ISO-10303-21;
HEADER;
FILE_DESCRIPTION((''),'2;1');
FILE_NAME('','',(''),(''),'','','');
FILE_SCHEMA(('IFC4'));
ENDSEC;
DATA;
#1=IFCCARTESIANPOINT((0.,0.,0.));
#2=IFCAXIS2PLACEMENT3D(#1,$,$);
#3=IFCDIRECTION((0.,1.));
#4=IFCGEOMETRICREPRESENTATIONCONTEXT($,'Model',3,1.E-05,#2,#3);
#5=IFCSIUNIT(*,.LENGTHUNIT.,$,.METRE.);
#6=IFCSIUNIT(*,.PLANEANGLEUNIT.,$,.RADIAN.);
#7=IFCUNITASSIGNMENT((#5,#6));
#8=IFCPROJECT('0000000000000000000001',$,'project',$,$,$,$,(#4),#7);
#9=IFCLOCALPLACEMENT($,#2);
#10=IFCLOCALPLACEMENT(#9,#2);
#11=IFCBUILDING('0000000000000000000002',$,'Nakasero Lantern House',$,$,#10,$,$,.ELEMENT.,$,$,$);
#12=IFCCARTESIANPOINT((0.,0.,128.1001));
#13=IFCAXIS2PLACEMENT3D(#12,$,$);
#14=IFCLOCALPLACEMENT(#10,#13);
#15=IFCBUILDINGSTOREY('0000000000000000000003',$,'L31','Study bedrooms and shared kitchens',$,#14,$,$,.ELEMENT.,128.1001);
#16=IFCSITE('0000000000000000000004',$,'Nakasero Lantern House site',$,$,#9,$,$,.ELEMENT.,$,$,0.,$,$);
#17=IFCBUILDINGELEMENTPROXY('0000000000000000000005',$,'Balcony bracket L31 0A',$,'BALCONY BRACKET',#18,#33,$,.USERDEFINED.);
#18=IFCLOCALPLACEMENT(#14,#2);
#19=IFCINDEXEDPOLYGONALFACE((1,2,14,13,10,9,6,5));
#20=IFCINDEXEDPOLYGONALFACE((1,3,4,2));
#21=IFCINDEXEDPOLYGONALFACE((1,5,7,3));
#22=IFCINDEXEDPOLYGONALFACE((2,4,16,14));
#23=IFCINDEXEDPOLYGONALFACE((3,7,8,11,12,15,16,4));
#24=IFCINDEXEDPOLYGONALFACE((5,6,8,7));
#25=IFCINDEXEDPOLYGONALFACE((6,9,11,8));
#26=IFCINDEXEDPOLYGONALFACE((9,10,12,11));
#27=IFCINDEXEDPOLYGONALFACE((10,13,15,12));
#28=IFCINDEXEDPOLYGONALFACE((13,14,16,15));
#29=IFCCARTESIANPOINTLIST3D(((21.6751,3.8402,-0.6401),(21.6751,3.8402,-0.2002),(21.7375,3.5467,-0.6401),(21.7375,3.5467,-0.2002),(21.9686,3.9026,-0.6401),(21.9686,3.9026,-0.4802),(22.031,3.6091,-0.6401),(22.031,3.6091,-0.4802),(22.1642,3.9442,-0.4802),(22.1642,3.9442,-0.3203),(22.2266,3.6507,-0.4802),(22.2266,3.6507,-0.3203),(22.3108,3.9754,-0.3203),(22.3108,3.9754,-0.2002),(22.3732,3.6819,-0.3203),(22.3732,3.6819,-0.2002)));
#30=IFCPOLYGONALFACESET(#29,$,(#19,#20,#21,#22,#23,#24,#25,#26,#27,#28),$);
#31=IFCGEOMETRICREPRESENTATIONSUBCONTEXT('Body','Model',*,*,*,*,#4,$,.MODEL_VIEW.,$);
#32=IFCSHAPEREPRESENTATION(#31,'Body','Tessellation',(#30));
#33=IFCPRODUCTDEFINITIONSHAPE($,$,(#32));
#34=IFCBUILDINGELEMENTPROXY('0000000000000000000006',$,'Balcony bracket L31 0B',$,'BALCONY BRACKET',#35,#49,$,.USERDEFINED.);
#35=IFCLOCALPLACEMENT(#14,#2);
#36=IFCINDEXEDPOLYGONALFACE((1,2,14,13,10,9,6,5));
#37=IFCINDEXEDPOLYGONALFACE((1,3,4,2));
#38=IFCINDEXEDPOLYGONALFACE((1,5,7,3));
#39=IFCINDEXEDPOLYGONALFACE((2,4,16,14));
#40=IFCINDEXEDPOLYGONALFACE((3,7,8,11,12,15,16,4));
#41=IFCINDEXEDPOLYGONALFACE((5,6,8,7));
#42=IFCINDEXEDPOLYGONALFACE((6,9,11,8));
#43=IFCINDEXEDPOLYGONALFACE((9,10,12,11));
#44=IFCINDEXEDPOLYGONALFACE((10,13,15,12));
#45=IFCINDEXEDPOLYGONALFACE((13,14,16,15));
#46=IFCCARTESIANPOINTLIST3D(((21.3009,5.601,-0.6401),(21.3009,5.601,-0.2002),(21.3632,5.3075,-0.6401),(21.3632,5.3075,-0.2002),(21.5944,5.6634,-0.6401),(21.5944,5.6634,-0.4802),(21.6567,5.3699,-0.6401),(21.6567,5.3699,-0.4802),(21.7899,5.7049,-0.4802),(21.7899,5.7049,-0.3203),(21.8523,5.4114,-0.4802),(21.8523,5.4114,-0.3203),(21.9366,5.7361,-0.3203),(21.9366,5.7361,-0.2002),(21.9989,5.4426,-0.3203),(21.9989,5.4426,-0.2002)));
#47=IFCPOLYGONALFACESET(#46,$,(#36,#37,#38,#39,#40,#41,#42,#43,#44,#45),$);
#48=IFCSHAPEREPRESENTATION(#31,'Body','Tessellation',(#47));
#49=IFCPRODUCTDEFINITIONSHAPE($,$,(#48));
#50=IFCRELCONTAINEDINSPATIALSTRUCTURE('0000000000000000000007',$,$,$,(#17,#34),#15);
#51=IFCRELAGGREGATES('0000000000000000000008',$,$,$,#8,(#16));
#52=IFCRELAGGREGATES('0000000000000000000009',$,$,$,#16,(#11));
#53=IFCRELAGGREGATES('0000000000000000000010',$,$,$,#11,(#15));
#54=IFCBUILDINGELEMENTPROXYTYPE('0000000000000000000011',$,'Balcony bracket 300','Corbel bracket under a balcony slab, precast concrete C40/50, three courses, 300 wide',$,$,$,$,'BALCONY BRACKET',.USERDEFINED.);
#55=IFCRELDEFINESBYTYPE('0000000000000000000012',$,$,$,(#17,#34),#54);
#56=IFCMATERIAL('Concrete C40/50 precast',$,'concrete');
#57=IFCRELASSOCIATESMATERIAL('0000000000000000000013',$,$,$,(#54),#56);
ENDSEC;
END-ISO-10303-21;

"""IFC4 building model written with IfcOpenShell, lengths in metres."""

from ifc_helpers import new_model, si_unit, direction, frame, origin, place, context, subcontext, project, spatial, polyline, outline, extrude, material, type_object, element, save


model = new_model("IFC4")

# Units and contexts
model_context = context("Model", 3, precision=1e-05, world=origin(), true_north=direction((0.0, 1.0)))
body_context = subcontext(model_context, "Body", "Model", "MODEL_VIEW")
ifc_project = project(units=[si_unit("LENGTHUNIT", "METRE"), si_unit("PLANEANGLEUNIT", "RADIAN")], contexts=[model_context])

# Site, building, storey
site_placement = place(None, origin())
site = spatial("IfcSite", under=ifc_project, at=site_placement, Name="Nakasero Lantern House site", CompositionType="ELEMENT", RefElevation=0.0)
building_placement = place(site_placement, origin())
building = spatial("IfcBuilding", under=site, at=building_placement, Name="Nakasero Lantern House", CompositionType="ELEMENT")
storey_placement = place(building_placement, frame((0.0, 0.0, 128.1001)))
storey = spatial("IfcBuildingStorey", under=building, at=storey_placement, Name="L31", Description="Study bedrooms and shared kitchens", CompositionType="ELEMENT", Elevation=128.1001)

# Building element proxies
ifc_material_1 = material(Name="Concrete C40/50 precast", Category="concrete")
building_element_proxy_type = type_object("IfcBuildingElementProxyType", Name="Balcony bracket 300", Description="Corbel bracket under a balcony slab, precast concrete C40/50, three courses, 300 wide", ElementType="BALCONY BRACKET", PredefinedType="USERDEFINED", material=ifc_material_1)
for number, where, z_axis, x_axis, name in (
    (1, (21.7063, 3.6936, -0.2002), (0.0, 0.0, 1.0), (0.978148, 0.207912, 0.0), "Balcony bracket L31 0A"),
    (2, (21.332, 5.4543, -0.2002), (0.0, 0.0, 1.0), (0.978148, 0.207912, 0.0), "Balcony bracket L31 0B"),
):
    element("IfcBuildingElementProxy", number, at=place(storey_placement, frame(where, z_axis=z_axis, x_axis=x_axis)), inside=storey, type_object=building_element_proxy_type, Name=name, ObjectType="BALCONY BRACKET", PredefinedType="USERDEFINED", context=body_context, shape_type="SweptSolid", body=[
        extrude(outline(polyline([(0.0, 0.0), (0.6499, 0.0), (0.6499, -0.1201), (0.5, -0.1201), (0.5, -0.28), (0.3, -0.28), (0.3, -0.4399), (0.0, -0.4399), (0.0, 0.0)])), frame((0.0, 0.1499, 0.0), z_axis=(0.0, -1.0, 0.0), x_axis=(1.0, 0.0, 0.0)), (0.0, 0.0, 1.0), 0.3),
    ])

save(model, "model.ifc")
